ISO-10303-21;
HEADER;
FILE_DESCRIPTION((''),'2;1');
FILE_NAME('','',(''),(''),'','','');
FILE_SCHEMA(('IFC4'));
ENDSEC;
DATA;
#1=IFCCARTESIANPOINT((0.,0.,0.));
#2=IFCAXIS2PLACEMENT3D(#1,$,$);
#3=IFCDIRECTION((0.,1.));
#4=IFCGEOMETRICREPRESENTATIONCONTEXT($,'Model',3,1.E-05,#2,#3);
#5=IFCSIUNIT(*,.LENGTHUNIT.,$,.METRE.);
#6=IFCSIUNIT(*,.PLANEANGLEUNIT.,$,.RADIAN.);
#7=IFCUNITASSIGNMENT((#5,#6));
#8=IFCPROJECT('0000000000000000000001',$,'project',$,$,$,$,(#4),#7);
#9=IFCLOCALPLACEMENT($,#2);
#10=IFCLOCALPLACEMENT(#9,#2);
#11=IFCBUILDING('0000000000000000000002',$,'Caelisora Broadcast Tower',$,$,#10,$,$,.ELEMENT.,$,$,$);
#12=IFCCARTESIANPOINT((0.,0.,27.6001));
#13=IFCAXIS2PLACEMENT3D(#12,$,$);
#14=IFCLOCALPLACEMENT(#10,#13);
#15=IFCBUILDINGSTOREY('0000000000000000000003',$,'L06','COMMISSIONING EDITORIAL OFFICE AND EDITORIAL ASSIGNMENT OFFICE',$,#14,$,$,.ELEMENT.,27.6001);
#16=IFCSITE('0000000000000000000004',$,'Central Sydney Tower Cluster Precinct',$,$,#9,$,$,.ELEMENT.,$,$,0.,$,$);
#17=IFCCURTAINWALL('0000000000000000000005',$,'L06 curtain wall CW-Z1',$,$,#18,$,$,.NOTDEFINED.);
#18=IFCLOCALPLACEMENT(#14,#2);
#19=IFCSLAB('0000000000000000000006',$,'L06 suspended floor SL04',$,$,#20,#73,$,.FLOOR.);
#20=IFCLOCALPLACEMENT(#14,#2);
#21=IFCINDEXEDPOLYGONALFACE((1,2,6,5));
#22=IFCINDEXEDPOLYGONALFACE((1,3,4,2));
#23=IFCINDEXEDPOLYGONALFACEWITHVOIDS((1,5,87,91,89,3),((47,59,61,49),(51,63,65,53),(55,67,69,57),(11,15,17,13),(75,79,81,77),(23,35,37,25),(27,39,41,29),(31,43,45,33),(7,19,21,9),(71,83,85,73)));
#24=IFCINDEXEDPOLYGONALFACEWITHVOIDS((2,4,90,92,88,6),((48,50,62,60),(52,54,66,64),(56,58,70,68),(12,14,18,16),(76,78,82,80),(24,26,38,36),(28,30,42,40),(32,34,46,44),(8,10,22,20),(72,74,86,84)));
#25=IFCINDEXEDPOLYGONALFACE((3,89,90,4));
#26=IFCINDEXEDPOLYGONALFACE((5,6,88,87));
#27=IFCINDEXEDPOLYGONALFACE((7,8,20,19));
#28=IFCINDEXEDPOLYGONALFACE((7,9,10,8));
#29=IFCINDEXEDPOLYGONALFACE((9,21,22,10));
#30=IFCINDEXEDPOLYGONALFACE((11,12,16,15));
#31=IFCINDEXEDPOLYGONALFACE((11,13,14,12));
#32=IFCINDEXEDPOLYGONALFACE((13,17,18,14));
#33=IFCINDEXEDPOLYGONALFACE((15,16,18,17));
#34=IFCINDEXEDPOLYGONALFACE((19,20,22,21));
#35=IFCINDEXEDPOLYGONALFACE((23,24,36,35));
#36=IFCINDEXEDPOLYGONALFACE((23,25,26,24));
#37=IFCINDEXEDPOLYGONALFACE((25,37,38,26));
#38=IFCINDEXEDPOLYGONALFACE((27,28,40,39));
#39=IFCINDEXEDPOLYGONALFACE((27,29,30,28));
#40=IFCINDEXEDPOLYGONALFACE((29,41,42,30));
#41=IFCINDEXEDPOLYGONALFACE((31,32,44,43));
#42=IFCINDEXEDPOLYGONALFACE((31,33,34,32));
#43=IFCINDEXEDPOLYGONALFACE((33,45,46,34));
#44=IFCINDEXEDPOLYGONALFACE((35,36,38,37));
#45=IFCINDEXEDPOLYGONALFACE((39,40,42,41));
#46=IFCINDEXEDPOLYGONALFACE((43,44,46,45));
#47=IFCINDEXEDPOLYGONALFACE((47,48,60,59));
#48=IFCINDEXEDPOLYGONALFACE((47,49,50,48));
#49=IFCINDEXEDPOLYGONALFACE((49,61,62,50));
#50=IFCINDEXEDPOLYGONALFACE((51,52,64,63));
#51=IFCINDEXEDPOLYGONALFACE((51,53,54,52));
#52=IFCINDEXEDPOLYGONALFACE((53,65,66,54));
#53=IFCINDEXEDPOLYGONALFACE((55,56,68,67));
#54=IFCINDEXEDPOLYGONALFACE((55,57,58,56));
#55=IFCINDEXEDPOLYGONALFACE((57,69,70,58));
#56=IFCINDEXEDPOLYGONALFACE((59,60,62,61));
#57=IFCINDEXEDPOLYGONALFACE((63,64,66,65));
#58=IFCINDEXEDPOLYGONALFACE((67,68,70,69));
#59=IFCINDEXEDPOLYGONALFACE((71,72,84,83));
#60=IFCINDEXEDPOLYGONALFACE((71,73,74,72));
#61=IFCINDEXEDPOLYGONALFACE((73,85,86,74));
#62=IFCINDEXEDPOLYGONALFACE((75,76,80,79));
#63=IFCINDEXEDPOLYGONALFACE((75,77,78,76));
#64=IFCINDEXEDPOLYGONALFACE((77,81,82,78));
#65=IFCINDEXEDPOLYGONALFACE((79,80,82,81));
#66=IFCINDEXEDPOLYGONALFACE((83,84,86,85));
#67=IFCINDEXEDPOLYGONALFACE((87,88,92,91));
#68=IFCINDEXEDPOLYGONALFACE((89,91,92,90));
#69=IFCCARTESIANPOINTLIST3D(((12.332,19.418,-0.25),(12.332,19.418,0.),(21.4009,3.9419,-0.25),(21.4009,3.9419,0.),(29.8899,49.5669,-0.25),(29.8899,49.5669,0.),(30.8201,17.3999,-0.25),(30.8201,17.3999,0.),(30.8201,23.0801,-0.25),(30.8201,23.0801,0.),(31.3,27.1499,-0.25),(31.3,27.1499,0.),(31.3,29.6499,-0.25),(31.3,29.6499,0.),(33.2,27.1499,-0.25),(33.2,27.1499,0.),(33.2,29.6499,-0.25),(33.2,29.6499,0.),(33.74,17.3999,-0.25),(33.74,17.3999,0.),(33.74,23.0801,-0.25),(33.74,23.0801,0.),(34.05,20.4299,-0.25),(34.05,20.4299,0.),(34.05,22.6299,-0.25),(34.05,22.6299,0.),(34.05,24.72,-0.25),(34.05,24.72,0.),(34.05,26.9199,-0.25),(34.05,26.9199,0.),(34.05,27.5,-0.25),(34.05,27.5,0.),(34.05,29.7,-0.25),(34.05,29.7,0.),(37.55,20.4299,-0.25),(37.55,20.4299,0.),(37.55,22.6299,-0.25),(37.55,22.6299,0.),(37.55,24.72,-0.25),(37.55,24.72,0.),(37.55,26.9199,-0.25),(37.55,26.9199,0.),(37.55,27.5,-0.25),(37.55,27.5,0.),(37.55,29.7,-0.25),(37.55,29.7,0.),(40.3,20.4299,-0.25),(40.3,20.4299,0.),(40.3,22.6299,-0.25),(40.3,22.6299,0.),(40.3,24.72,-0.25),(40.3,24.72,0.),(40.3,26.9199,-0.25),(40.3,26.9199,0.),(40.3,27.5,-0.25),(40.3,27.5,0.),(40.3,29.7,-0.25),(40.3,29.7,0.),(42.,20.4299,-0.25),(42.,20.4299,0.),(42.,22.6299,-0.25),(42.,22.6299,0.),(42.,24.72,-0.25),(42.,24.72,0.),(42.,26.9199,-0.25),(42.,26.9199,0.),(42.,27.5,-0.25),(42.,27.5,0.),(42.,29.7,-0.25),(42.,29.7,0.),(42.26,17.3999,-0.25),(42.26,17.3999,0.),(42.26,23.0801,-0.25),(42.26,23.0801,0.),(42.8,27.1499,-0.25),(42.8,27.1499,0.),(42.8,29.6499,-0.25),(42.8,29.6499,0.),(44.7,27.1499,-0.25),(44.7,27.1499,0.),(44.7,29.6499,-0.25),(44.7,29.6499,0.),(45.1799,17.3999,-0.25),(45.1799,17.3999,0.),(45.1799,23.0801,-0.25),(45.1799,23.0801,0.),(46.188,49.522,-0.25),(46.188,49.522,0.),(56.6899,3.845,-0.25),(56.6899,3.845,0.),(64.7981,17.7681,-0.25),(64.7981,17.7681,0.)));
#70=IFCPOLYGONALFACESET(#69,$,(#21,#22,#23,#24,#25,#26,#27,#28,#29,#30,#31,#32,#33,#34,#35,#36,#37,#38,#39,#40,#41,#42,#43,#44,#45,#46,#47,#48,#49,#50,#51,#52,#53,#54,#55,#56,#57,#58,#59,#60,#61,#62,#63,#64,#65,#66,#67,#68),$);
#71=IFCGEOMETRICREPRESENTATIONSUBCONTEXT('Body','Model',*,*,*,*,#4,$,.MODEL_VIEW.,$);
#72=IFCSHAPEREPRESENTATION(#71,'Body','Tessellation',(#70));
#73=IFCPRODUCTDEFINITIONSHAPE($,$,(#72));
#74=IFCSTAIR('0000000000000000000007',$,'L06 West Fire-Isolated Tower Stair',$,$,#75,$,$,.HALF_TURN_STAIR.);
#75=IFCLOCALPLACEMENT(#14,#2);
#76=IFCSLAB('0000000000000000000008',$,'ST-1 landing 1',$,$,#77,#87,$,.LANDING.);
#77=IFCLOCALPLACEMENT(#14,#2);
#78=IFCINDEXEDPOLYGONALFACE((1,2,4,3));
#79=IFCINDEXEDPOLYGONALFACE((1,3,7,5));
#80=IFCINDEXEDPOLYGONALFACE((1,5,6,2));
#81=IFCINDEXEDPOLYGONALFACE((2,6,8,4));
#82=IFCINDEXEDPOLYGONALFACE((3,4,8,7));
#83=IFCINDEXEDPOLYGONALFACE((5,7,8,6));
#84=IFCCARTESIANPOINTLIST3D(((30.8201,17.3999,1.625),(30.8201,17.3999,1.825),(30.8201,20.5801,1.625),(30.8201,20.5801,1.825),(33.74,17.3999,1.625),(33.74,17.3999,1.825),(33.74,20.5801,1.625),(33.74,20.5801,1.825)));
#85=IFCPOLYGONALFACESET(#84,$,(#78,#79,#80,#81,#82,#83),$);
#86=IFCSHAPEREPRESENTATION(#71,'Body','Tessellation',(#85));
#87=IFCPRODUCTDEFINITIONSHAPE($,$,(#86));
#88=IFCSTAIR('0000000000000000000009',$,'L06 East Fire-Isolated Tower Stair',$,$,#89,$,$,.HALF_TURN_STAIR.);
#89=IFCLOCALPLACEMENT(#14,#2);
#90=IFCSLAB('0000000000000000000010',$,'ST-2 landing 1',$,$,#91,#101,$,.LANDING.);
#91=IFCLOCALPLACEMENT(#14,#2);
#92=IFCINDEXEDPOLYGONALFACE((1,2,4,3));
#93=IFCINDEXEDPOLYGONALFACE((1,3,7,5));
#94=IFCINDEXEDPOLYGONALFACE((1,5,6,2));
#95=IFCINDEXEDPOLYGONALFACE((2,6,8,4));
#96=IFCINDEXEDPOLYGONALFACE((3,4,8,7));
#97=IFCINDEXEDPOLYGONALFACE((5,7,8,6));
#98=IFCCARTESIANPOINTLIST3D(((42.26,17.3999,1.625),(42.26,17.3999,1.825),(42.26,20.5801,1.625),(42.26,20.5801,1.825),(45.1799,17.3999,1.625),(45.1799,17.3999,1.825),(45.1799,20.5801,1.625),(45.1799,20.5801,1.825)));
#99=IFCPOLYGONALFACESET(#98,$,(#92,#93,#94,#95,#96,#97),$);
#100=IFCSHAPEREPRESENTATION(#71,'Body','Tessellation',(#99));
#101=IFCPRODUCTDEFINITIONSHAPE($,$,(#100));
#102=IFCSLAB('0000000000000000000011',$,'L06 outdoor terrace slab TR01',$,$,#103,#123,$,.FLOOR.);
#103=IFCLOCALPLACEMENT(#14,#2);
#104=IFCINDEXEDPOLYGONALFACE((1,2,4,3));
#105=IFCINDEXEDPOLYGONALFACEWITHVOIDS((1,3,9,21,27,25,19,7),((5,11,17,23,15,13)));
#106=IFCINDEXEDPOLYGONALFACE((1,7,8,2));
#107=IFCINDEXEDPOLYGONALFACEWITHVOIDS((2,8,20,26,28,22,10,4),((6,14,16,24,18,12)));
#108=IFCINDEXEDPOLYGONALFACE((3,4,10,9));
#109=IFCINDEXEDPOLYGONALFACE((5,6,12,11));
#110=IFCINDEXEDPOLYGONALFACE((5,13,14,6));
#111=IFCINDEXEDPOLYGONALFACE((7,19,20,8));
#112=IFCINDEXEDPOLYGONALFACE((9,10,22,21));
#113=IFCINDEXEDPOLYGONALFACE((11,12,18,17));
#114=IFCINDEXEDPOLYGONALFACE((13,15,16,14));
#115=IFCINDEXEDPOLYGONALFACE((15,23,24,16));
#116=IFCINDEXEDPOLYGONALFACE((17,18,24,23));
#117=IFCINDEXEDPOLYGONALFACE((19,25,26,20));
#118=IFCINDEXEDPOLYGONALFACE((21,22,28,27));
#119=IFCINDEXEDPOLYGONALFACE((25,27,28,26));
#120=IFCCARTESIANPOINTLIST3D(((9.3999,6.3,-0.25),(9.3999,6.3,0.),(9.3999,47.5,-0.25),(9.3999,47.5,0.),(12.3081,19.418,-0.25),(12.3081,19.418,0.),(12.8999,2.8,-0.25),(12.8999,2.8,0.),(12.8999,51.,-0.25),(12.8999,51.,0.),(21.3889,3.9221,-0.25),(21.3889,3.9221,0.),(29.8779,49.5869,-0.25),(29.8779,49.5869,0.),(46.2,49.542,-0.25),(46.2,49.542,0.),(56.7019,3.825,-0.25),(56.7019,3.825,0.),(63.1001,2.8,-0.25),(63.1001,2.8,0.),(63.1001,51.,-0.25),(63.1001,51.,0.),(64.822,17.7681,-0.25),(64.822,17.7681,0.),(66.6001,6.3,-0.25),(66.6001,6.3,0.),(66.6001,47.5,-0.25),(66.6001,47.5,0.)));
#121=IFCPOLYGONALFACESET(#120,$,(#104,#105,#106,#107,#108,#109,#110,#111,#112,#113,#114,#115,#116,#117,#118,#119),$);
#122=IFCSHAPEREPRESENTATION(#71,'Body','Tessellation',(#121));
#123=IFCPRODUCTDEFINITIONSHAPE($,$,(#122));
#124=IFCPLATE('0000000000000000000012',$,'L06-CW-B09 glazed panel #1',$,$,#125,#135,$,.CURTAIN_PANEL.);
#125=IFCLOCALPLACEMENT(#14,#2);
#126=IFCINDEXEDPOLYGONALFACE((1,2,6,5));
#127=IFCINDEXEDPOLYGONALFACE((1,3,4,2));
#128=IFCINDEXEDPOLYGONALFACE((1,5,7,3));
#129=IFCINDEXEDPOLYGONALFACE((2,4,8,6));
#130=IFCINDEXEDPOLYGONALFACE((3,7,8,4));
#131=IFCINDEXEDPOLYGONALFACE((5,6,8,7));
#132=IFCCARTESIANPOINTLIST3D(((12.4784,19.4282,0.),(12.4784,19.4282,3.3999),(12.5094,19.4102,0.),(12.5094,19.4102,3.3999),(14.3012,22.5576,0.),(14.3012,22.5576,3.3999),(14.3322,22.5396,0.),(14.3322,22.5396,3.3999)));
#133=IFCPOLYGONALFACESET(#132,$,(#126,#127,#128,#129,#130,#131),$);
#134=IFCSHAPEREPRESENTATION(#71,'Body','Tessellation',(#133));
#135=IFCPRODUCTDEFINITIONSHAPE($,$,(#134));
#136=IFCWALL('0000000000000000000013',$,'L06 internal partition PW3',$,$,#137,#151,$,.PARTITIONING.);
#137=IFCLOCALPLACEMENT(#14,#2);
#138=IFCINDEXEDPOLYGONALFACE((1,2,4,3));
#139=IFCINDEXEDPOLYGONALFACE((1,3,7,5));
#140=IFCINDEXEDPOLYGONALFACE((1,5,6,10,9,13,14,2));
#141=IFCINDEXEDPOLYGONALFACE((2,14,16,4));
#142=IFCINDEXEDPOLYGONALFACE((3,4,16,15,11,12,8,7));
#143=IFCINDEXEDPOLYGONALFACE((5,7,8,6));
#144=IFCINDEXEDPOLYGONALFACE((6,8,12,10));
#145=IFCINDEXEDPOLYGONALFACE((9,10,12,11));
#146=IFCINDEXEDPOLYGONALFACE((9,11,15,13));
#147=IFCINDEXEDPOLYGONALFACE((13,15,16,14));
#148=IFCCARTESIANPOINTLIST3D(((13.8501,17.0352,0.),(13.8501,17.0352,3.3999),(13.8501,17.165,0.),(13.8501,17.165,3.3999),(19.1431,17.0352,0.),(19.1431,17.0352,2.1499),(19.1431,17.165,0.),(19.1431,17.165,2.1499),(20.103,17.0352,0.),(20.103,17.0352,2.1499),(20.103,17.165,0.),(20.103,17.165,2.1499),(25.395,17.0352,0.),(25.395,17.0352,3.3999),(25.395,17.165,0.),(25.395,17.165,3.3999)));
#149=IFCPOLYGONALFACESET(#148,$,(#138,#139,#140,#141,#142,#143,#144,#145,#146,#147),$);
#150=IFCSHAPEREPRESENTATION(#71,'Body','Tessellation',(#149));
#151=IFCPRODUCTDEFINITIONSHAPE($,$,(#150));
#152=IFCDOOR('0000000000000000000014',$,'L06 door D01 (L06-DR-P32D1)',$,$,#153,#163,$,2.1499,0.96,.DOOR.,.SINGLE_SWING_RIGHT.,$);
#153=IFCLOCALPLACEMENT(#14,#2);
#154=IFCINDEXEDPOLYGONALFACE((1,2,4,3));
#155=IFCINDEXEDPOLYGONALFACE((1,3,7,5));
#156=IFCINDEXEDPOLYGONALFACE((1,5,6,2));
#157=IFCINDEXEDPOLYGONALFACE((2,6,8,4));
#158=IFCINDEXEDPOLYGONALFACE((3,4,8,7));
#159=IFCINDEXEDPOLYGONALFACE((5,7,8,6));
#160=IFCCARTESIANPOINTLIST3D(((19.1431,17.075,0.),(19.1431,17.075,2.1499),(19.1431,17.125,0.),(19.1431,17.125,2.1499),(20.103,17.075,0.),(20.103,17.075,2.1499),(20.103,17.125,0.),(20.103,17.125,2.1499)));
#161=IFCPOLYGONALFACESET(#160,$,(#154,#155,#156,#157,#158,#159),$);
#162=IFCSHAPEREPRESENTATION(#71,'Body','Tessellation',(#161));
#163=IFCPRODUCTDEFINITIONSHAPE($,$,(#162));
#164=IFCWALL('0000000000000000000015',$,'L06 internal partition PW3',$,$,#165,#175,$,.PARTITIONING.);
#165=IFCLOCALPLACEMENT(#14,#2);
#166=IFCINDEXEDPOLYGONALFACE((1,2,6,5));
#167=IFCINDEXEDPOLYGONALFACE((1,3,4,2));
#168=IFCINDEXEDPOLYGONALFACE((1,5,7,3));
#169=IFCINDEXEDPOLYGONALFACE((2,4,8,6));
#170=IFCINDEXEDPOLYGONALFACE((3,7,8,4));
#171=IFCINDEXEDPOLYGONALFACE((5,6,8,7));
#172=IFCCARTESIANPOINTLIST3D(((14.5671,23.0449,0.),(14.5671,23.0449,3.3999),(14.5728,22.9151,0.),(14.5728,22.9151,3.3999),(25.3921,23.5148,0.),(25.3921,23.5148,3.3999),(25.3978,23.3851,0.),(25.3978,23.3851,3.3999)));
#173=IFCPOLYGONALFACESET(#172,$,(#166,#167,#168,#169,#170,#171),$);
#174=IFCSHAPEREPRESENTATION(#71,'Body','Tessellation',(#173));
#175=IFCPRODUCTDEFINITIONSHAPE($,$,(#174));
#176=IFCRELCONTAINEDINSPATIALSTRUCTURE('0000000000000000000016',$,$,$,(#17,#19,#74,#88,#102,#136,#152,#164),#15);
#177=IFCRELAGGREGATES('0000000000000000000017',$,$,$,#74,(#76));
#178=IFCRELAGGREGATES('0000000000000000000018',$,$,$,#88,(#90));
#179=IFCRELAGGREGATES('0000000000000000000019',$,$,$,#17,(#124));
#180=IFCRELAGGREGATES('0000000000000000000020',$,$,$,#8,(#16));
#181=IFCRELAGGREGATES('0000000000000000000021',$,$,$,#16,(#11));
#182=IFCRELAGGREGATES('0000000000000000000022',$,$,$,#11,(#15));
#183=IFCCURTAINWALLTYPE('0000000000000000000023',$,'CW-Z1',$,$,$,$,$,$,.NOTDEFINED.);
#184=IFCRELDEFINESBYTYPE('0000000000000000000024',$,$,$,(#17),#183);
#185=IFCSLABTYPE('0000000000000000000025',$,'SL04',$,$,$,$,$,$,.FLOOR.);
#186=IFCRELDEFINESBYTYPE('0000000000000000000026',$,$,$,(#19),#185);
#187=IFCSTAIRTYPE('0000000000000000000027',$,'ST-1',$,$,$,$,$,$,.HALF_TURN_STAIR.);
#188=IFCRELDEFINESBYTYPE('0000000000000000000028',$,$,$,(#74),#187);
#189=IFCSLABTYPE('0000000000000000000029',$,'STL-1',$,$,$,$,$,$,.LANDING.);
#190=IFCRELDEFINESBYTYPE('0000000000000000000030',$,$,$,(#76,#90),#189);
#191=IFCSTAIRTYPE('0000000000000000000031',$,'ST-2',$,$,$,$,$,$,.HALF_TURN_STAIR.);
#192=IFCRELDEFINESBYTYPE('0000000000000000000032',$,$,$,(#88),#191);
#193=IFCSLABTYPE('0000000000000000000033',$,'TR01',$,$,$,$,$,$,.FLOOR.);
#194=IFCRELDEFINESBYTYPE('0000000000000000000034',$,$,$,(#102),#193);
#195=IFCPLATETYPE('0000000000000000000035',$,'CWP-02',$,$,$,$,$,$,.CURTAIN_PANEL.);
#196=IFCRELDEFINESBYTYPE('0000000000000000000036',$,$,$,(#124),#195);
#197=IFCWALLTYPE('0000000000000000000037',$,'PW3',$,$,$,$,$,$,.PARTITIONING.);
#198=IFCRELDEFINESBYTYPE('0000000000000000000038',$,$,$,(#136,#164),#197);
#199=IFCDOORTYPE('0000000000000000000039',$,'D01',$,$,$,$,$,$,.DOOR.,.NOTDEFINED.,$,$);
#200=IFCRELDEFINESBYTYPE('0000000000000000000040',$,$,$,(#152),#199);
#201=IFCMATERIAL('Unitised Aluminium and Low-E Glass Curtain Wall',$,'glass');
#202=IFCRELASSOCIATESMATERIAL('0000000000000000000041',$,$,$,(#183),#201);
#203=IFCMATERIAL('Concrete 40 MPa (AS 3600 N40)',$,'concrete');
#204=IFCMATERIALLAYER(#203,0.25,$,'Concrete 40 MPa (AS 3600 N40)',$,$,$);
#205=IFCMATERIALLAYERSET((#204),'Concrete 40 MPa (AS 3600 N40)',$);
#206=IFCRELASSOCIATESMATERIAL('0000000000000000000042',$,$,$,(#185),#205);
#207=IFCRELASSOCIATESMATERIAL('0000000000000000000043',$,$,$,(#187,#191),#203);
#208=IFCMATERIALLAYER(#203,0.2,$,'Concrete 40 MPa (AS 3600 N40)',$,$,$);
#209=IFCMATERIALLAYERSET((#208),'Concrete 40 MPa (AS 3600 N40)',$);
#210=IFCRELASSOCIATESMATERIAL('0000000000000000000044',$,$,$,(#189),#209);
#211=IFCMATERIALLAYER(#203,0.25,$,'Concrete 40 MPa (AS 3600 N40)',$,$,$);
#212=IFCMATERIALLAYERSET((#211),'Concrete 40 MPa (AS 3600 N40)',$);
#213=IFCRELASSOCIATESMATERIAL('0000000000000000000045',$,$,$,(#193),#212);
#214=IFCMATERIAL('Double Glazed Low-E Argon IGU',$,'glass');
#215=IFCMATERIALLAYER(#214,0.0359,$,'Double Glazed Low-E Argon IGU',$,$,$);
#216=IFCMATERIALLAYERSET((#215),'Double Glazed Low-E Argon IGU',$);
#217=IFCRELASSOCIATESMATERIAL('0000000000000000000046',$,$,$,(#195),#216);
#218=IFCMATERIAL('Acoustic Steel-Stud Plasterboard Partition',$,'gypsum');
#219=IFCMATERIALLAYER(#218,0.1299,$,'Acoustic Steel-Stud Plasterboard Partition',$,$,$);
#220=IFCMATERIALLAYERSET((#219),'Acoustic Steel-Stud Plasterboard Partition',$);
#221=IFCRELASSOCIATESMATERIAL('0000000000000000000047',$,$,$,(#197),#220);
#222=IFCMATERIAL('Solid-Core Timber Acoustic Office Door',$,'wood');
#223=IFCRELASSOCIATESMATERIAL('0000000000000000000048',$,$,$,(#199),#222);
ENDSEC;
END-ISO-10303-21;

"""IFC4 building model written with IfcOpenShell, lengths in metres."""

from ifc_helpers import new_model, si_unit, direction, frame, frame_2d, origin, origin_2d, place, context, subcontext, project, spatial, polyline, rectangle, outline, extrude, source, transform, mapped, material, layer, layer_set, type_object, type_shapes, element, fill, aggregate, save


model = new_model("IFC4")

# Units and contexts
model_context = context("Model", 3, precision=1e-05, world=origin(), true_north=direction((0.0, 1.0)))
body_context = subcontext(model_context, "Body", "Model", "MODEL_VIEW")
ifc_project = project(units=[si_unit("LENGTHUNIT", "METRE"), si_unit("PLANEANGLEUNIT", "RADIAN")], contexts=[model_context])

# Site, building, storey
site_placement = place(None, origin())
site = spatial("IfcSite", under=ifc_project, at=site_placement, Name="Central Sydney Tower Cluster Precinct", CompositionType="ELEMENT", RefElevation=0.0)
building_placement = place(site_placement, origin())
building = spatial("IfcBuilding", under=site, at=building_placement, Name="Caelisora Broadcast Tower", CompositionType="ELEMENT")
storey_placement = place(building_placement, frame((0.0, 0.0, 27.6001)))
storey = spatial("IfcBuildingStorey", under=building, at=storey_placement, Name="L06", Description="COMMISSIONING EDITORIAL OFFICE AND EDITORIAL ASSIGNMENT OFFICE", CompositionType="ELEMENT", Elevation=27.6001)

# Curtain wall
ifc_material_1 = material(Name="Unitised Aluminium and Low-E Glass Curtain Wall", Category="glass")
curtain_wall_type = type_object("IfcCurtainWallType", Name="CW-Z1", PredefinedType="NOTDEFINED", material=ifc_material_1)
curtain_wall_placement = place(storey_placement, origin())
curtain_wall = element("IfcCurtainWall", 1, at=curtain_wall_placement, inside=storey, type_object=curtain_wall_type, Name="L06 curtain wall CW-Z1", PredefinedType="NOTDEFINED")

# Slab
ifc_material_2 = material(Name="Concrete 40 MPa (AS 3600 N40)", Category="concrete")
ifc_layer_1 = layer(ifc_material_2, 0.25, Name="Concrete 40 MPa (AS 3600 N40)")
ifc_layer_set_1 = layer_set([ifc_layer_1], Name="Concrete 40 MPa (AS 3600 N40)")
slab_type_1 = type_object("IfcSlabType", Name="SL04", PredefinedType="FLOOR", material=ifc_layer_set_1)
slab_1_placement = place(storey_placement, frame((0.0, 0.0, -0.25)))
element("IfcSlab", 2, at=slab_1_placement, inside=storey, type_object=slab_type_1, Name="L06 suspended floor SL04", PredefinedType="FLOOR", context=body_context, shape_type="SweptSolid", body=[
    extrude(outline(polyline([(46.188, 49.522), (64.7981, 17.7681), (56.6899, 3.845), (21.4009, 3.9419), (12.332, 19.418), (29.8899, 49.5669), (46.188, 49.522)]), holes=[polyline([(30.8201, 17.3999), (33.74, 17.3999), (33.74, 23.0801), (30.8201, 23.0801), (30.8201, 17.3999)]), polyline([(42.26, 17.3999), (45.1799, 17.3999), (45.1799, 23.0801), (42.26, 23.0801), (42.26, 17.3999)]), polyline([(42.8, 27.1499), (44.7, 27.1499), (44.7, 29.6499), (42.8, 29.6499), (42.8, 27.1499)]), polyline([(40.3, 20.4299), (42.0, 20.4299), (42.0, 22.6299), (40.3, 22.6299), (40.3, 20.4299)]), polyline([(40.3, 24.72), (42.0, 24.72), (42.0, 26.9199), (40.3, 26.9199), (40.3, 24.72)]), polyline([(40.3, 27.5), (42.0, 27.5), (42.0, 29.7), (40.3, 29.7), (40.3, 27.5)]), polyline([(34.05, 20.4299), (37.55, 20.4299), (37.55, 22.6299), (34.05, 22.6299), (34.05, 20.4299)]), polyline([(34.05, 24.72), (37.55, 24.72), (37.55, 26.9199), (34.05, 26.9199), (34.05, 24.72)]), polyline([(34.05, 27.5), (37.55, 27.5), (37.55, 29.7), (34.05, 29.7), (34.05, 27.5)]), polyline([(31.3, 27.1499), (33.2, 27.1499), (33.2, 29.6499), (31.3, 29.6499), (31.3, 27.1499)])]), origin(), (0.0, 0.0, 1.0), 0.25),
])

# Stairs, slabs
stair_type_1 = type_object("IfcStairType", Name="ST-1", PredefinedType="HALF_TURN_STAIR", material=ifc_material_2)
stair_1_placement = place(storey_placement, origin())
stair_1 = element("IfcStair", 3, at=stair_1_placement, inside=storey, type_object=stair_type_1, Name="L06 West Fire-Isolated Tower Stair", PredefinedType="HALF_TURN_STAIR")
ifc_layer_2 = layer(ifc_material_2, 0.2, Name="Concrete 40 MPa (AS 3600 N40)")
ifc_layer_set_2 = layer_set([ifc_layer_2], Name="Concrete 40 MPa (AS 3600 N40)")
slab_type_2 = type_object("IfcSlabType", Name="STL-1", PredefinedType="LANDING", material=ifc_layer_set_2)
slab_2_placement = place(storey_placement, frame((0.0, 0.0, 1.625)))
slab_2 = element("IfcSlab", 4, at=slab_2_placement, type_object=slab_type_2, Name="ST-1 landing 1", PredefinedType="LANDING", context=body_context, shape_type="SweptSolid", body=[
    extrude(outline(polyline([(30.8201, 20.5801), (30.8201, 17.3999), (33.74, 17.3999), (33.74, 20.5801), (30.8201, 20.5801)])), origin(), (0.0, 0.0, 1.0), 0.2),
])
aggregate(stair_1, [slab_2])
stair_type_2 = type_object("IfcStairType", Name="ST-2", PredefinedType="HALF_TURN_STAIR", material=ifc_material_2)
stair_2_placement = place(storey_placement, origin())
stair_2 = element("IfcStair", 5, at=stair_2_placement, inside=storey, type_object=stair_type_2, Name="L06 East Fire-Isolated Tower Stair", PredefinedType="HALF_TURN_STAIR")
slab_3_placement = place(storey_placement, frame((0.0, 0.0, 1.625)))
slab_3 = element("IfcSlab", 6, at=slab_3_placement, type_object=slab_type_2, Name="ST-2 landing 1", PredefinedType="LANDING", context=body_context, shape_type="SweptSolid", body=[
    extrude(outline(polyline([(42.26, 20.5801), (42.26, 17.3999), (45.1799, 17.3999), (45.1799, 20.5801), (42.26, 20.5801)])), origin(), (0.0, 0.0, 1.0), 0.2),
])
aggregate(stair_2, [slab_3])

# Slab
ifc_layer_3 = layer(ifc_material_2, 0.25, Name="Concrete 40 MPa (AS 3600 N40)")
ifc_layer_set_3 = layer_set([ifc_layer_3], Name="Concrete 40 MPa (AS 3600 N40)")
slab_type_3 = type_object("IfcSlabType", Name="TR01", PredefinedType="FLOOR", material=ifc_layer_set_3)
slab_4_placement = place(storey_placement, frame((0.0, 0.0, -0.25)))
element("IfcSlab", 7, at=slab_4_placement, inside=storey, type_object=slab_type_3, Name="L06 outdoor terrace slab TR01", PredefinedType="FLOOR", context=body_context, shape_type="SweptSolid", body=[
    extrude(outline(polyline([(9.3999, 6.3), (9.3999, 47.5), (12.8999, 51.0), (63.1001, 51.0), (66.6001, 47.5), (66.6001, 6.3), (63.1001, 2.8), (12.8999, 2.8), (9.3999, 6.3)]), holes=[polyline([(29.8779, 49.5869), (12.3081, 19.418), (21.3889, 3.9221), (56.7019, 3.825), (64.822, 17.7681), (46.2, 49.542), (29.8779, 49.5869)])]), origin(), (0.0, 0.0, 1.0), 0.25),
])

# Plate
ifc_material_3 = material(Name="Double Glazed Low-E Argon IGU", Category="glass")
ifc_layer_4 = layer(ifc_material_3, 0.0359, Name="Double Glazed Low-E Argon IGU")
ifc_layer_set_4 = layer_set([ifc_layer_4], Name="Double Glazed Low-E Argon IGU")
plate_type = type_object("IfcPlateType", Name="CWP-02", PredefinedType="CURTAIN_PANEL", material=ifc_layer_set_4)
shared_shape_1 = source(origin(), body_context, "Body", "SweptSolid", [
    extrude(rectangle(XDim=3.6216, YDim=0.0359, at=origin_2d()), origin(), (0.0, 0.0, 1.0), 3.3999),
])
type_shapes(plate_type, [shared_shape_1])
plate_placement = place(storey_placement, frame((13.4053, 20.9839, 0.0), z_axis=(0.0, 0.0, 1.0), x_axis=(0.503322, 0.864099, 0.0)))
plate = element("IfcPlate", 8, at=plate_placement, type_object=plate_type, Name="L06-CW-B09 glazed panel #1", PredefinedType="CURTAIN_PANEL", context=body_context, shape_type="MappedRepresentation", body=[
    mapped(shared_shape_1, transform((0.0, 0.0, 0.0), scale=1.0)),
])
aggregate(curtain_wall, [plate])

# Wall, opening, door
ifc_material_4 = material(Name="Acoustic Steel-Stud Plasterboard Partition", Category="gypsum")
ifc_layer_5 = layer(ifc_material_4, 0.1299, Name="Acoustic Steel-Stud Plasterboard Partition")
ifc_layer_set_5 = layer_set([ifc_layer_5], Name="Acoustic Steel-Stud Plasterboard Partition")
wall_type = type_object("IfcWallType", Name="PW3", PredefinedType="PARTITIONING", material=ifc_layer_set_5)
wall_1_placement = place(storey_placement, frame((13.8501, 17.1001, 0.0), z_axis=(0.0, 0.0, 1.0), x_axis=(1.0, 0.0, 0.0)))
wall_1 = element("IfcWall", 9, at=wall_1_placement, inside=storey, type_object=wall_type, Name="L06 internal partition PW3", PredefinedType="PARTITIONING", context=body_context, shape_type="SweptSolid", body=[
    extrude(rectangle(XDim=11.5449, YDim=0.1299, at=frame_2d((5.7725, 0.0))), origin(), (0.0, 0.0, 1.0), 3.3999),
])
opening_1_placement = place(wall_1_placement, frame((5.293, 0.0, 0.0)))
opening_1 = element("IfcOpeningElement", 10, at=opening_1_placement, cuts=wall_1, PredefinedType="OPENING", context=body_context, shape_type="SweptSolid", body=[
    extrude(rectangle(XDim=0.96, YDim=2.1499, at=frame_2d((0.48, 1.075))), frame((0.0, 0.0769, 0.0), z_axis=(0.0, -1.0, 0.0), x_axis=(1.0, 0.0, 0.0)), (0.0, 0.0, 1.0), 0.1538),
])
ifc_material_5 = material(Name="Solid-Core Timber Acoustic Office Door", Category="wood")
door_type = type_object("IfcDoorType", Name="D01", OperationType="NOTDEFINED", PredefinedType="DOOR", material=ifc_material_5)
door_1_placement = place(opening_1_placement, origin())
door_1 = element("IfcDoor", 11, at=door_1_placement, inside=storey, type_object=door_type, Name="L06 door D01 (L06-DR-P32D1)", OperationType="SINGLE_SWING_RIGHT", OverallHeight=2.1499, OverallWidth=0.96, PredefinedType="DOOR", context=body_context, shape_type="SweptSolid", body=[
    extrude(rectangle(XDim=0.96, YDim=2.1499, at=frame_2d((0.48, 1.075))), frame((0.0, 0.0249, 0.0), z_axis=(0.0, -1.0, 0.0), x_axis=(1.0, 0.0, 0.0)), (0.0, 0.0, 1.0), 0.05),
])
fill(opening_1, door_1)

# Wall
wall_2_placement = place(storey_placement, frame((14.5701, 22.98, 0.0), z_axis=(0.0, 0.0, 1.0), x_axis=(0.999059, 0.043375, 0.0)))
element("IfcWall", 12, at=wall_2_placement, inside=storey, type_object=wall_type, Name="L06 internal partition PW3", PredefinedType="PARTITIONING", context=body_context, shape_type="SweptSolid", body=[
    extrude(rectangle(XDim=10.8352, YDim=0.1299, at=frame_2d((5.4175, 0.0))), origin(), (0.0, 0.0, 1.0), 3.3999),
])

save(model, "model.ifc")
